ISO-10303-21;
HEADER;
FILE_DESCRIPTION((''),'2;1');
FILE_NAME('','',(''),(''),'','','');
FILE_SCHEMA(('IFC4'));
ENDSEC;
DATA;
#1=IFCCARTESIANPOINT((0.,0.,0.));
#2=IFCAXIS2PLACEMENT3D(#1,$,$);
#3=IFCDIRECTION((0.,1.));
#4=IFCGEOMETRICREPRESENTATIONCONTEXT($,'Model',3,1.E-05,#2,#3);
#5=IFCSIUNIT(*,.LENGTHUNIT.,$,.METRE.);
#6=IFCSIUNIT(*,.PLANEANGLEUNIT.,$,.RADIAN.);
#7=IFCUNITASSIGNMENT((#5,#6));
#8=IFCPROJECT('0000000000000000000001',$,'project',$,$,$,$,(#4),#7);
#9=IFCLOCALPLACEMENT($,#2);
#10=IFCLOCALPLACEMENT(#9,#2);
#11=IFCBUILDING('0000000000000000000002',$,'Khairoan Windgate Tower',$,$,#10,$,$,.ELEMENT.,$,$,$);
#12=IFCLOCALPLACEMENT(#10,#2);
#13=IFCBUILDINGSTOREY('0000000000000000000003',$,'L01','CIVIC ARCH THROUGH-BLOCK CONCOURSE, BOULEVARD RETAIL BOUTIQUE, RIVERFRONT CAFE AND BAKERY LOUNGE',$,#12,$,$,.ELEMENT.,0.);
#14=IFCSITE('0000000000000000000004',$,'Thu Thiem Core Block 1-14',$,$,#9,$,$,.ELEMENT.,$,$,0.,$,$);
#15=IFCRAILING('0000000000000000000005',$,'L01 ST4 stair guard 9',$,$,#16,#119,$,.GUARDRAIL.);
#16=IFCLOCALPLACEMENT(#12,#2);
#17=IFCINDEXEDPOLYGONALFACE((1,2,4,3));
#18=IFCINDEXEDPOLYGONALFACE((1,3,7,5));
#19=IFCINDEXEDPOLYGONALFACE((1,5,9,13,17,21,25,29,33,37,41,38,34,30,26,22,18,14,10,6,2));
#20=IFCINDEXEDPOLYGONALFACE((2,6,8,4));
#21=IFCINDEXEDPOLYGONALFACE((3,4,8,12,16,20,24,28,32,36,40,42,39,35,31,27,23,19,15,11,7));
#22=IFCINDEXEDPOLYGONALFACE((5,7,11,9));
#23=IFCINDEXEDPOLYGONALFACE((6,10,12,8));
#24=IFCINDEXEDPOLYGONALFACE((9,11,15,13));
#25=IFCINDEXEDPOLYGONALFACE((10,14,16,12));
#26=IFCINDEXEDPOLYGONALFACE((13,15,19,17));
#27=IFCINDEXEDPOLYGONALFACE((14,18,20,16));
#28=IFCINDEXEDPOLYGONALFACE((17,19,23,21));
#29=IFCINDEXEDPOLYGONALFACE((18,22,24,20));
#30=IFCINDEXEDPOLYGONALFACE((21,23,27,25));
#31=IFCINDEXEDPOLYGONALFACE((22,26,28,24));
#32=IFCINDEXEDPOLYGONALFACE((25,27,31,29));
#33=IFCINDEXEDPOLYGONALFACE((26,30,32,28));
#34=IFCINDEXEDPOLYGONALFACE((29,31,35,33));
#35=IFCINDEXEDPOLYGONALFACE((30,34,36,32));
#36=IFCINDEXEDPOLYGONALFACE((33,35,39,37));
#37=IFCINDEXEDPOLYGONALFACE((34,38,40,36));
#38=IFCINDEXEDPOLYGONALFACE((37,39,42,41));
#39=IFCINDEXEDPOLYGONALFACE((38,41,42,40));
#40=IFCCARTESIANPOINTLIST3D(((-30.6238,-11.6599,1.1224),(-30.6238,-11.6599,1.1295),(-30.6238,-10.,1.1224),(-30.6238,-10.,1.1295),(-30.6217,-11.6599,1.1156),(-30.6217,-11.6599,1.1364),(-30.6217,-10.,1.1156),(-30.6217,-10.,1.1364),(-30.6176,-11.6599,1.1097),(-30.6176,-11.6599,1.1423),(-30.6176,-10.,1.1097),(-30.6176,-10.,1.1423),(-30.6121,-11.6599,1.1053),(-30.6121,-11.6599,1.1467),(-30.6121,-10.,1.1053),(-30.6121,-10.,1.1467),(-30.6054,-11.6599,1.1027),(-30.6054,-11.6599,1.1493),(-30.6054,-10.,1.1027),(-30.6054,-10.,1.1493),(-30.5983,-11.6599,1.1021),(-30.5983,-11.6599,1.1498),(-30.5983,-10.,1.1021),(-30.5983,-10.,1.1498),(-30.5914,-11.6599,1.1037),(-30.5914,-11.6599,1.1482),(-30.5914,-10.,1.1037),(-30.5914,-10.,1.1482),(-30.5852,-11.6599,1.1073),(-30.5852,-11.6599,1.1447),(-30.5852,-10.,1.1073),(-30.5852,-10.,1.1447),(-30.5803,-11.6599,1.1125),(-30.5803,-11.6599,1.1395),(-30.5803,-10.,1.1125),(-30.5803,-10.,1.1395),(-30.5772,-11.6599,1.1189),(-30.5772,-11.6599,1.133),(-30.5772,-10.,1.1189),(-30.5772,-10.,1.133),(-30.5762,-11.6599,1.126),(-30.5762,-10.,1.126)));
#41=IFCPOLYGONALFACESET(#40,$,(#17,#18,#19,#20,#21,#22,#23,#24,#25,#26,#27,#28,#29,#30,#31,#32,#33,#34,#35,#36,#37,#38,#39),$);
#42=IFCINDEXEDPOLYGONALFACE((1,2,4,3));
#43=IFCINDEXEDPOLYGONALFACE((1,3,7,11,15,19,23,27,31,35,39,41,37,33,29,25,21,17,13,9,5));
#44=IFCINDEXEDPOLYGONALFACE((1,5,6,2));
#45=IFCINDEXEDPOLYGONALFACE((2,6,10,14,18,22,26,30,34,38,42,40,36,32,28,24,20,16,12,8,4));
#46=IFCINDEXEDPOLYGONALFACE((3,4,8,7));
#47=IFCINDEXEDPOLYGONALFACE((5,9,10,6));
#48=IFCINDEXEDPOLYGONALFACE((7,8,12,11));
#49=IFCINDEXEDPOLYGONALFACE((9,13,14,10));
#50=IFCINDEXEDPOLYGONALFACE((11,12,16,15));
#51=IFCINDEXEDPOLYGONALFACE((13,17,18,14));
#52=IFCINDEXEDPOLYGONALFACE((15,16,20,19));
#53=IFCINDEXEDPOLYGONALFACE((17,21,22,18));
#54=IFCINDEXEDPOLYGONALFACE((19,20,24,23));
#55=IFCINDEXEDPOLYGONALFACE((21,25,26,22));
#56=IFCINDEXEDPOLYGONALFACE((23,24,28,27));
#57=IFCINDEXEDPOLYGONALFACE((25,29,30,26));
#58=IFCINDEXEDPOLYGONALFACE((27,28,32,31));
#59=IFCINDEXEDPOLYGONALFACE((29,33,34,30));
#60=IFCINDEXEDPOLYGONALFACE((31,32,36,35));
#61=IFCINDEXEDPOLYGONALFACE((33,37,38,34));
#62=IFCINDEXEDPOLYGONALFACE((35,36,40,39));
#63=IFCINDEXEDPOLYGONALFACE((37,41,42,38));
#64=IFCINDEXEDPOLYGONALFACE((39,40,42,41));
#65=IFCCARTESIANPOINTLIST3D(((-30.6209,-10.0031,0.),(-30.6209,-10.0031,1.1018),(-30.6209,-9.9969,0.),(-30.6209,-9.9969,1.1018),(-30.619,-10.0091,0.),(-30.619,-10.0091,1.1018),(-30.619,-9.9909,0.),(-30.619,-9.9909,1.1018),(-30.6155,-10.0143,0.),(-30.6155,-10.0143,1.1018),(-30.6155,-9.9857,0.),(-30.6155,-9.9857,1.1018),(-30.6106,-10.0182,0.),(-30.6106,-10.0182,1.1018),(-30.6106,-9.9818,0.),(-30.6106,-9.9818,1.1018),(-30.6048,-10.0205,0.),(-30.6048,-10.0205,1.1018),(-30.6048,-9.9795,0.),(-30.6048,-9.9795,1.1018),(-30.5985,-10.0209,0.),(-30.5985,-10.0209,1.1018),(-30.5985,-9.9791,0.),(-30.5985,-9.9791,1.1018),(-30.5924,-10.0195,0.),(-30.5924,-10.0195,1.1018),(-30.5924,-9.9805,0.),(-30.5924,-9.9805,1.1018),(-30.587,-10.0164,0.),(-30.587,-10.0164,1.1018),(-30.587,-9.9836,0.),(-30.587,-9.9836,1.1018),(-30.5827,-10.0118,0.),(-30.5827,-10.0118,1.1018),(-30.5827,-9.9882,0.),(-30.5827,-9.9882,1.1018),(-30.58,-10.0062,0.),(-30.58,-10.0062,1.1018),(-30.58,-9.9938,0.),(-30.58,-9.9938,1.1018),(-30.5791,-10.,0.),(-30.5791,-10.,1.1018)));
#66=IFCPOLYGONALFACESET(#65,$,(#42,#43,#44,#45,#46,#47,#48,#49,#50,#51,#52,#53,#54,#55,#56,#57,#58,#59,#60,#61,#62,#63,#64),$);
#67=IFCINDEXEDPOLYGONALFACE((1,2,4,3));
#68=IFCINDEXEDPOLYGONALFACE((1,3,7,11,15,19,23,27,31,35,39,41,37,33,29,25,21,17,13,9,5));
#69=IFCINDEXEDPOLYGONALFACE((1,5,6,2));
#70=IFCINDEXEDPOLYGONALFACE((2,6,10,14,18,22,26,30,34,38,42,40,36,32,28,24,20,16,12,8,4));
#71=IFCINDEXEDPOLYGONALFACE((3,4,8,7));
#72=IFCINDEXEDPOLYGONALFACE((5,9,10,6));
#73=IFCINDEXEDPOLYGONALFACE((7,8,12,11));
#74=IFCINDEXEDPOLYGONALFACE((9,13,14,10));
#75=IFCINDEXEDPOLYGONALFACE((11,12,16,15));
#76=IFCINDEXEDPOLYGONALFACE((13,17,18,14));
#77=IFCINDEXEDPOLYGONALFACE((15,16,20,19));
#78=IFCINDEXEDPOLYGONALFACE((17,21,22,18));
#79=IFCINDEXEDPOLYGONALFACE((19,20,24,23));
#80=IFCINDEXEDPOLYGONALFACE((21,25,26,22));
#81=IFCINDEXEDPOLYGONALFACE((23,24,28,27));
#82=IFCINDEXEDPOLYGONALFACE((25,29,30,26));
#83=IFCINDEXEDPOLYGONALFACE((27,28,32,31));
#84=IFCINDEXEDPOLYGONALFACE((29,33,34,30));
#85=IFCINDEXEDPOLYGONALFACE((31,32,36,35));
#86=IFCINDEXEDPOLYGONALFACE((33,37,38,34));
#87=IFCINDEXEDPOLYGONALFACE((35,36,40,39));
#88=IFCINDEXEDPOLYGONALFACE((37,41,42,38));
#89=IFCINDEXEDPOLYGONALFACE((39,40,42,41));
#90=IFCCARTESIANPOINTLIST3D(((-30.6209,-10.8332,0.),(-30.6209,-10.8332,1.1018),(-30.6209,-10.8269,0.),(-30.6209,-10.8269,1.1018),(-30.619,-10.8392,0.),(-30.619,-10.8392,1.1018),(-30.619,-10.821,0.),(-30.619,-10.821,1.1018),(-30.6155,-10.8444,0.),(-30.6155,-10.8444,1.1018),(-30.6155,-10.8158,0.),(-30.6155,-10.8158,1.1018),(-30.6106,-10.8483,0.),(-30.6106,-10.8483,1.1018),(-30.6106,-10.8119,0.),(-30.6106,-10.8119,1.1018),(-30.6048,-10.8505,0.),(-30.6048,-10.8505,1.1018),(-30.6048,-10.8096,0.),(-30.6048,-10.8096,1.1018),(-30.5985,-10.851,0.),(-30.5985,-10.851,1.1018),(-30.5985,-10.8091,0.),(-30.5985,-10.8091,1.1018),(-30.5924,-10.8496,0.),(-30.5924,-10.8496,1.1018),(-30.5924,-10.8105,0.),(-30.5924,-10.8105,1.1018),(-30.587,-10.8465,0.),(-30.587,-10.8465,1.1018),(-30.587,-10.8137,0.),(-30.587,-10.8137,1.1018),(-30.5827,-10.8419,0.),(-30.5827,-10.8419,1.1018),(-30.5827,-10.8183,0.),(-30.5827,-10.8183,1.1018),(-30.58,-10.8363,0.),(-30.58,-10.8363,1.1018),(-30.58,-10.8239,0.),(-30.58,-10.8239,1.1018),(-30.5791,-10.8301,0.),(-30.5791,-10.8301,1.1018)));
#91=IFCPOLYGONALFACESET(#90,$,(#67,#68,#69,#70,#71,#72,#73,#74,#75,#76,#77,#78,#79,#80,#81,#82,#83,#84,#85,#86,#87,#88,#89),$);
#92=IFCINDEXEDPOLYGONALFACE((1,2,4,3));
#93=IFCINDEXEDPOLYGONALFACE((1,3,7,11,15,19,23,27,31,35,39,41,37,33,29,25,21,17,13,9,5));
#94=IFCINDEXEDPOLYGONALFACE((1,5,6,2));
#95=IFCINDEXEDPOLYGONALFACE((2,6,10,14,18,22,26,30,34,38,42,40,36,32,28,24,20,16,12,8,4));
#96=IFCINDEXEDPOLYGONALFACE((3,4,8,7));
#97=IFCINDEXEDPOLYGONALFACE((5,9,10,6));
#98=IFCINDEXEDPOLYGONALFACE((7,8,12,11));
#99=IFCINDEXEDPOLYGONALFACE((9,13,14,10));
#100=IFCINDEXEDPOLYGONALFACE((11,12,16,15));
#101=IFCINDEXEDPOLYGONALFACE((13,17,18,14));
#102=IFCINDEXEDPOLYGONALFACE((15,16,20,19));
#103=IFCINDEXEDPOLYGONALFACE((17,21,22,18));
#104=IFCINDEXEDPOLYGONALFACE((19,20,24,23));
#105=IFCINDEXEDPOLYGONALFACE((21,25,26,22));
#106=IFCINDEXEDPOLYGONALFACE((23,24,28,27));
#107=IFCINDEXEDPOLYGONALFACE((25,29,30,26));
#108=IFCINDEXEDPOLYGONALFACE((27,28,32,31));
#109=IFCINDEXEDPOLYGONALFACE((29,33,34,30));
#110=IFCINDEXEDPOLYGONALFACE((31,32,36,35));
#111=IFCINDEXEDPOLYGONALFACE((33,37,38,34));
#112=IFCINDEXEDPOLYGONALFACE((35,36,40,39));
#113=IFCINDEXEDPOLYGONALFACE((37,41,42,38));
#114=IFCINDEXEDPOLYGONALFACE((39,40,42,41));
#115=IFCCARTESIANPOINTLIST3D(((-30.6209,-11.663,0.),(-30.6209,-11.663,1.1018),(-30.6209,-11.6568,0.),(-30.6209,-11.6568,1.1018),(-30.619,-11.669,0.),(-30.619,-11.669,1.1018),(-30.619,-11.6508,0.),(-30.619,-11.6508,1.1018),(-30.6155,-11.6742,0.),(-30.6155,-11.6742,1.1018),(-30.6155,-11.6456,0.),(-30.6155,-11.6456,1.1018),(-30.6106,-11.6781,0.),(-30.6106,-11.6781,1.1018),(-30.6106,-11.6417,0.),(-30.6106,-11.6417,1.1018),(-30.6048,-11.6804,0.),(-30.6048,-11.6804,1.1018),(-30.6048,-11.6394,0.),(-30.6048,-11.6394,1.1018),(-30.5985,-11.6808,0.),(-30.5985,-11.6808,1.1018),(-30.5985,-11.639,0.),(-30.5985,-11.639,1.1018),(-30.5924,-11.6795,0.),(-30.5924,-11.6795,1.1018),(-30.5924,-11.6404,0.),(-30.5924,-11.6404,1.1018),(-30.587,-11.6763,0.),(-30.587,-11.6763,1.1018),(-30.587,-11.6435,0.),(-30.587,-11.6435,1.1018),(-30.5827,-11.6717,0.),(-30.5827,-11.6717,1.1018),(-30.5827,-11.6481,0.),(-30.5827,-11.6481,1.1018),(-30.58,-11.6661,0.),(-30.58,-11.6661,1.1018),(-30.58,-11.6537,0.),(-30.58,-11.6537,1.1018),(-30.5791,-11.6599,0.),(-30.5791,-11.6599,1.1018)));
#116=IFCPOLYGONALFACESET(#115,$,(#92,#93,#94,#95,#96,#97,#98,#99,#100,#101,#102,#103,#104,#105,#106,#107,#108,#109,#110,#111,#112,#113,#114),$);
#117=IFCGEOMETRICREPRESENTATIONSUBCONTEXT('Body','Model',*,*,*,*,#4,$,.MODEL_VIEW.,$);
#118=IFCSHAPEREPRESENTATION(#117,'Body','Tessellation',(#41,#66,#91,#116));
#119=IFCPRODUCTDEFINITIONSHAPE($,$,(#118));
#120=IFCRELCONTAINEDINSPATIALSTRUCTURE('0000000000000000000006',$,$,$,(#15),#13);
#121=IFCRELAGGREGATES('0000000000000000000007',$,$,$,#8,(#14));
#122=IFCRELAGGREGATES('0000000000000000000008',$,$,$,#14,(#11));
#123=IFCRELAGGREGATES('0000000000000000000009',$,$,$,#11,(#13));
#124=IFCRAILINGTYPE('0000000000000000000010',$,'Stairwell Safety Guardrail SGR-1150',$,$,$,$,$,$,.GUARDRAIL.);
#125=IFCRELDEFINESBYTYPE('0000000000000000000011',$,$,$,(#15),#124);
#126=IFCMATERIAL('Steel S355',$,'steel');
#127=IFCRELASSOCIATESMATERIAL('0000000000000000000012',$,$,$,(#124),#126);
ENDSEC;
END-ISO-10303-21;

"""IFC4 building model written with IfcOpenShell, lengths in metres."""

from ifc_helpers import new_model, si_unit, direction, frame, origin, origin_2d, place, context, subcontext, project, spatial, circle, extrude, material, type_object, element, save


model = new_model("IFC4")

# Units and contexts
model_context = context("Model", 3, precision=1e-05, world=origin(), true_north=direction((0.0, 1.0)))
body_context = subcontext(model_context, "Body", "Model", "MODEL_VIEW")
ifc_project = project(units=[si_unit("LENGTHUNIT", "METRE"), si_unit("PLANEANGLEUNIT", "RADIAN")], contexts=[model_context])

# Site, building, storey
site_placement = place(None, origin())
site = spatial("IfcSite", under=ifc_project, at=site_placement, Name="Thu Thiem Core Block 1-14", CompositionType="ELEMENT", RefElevation=0.0)
building_placement = place(site_placement, origin())
building = spatial("IfcBuilding", under=site, at=building_placement, Name="Khairoan Windgate Tower", CompositionType="ELEMENT")
storey_placement = place(building_placement, origin())
storey = spatial("IfcBuildingStorey", under=building, at=storey_placement, Name="L01", Description="CIVIC ARCH THROUGH-BLOCK CONCOURSE, BOULEVARD RETAIL BOUTIQUE, RIVERFRONT CAFE AND BAKERY LOUNGE", CompositionType="ELEMENT", Elevation=0.0)

# Railing
ifc_material_1 = material(Name="Steel S355", Category="steel")
railing_type_1 = type_object("IfcRailingType", Name="Stairwell Safety Guardrail SGR-1150", PredefinedType="GUARDRAIL", material=ifc_material_1)
for number, where, name in (
    (1, (-30.6001, -10.0, 0.0), "L01 ST4 stair guard 9"),
):
    element("IfcRailing", number, at=place(storey_placement, frame(where)), inside=storey, type_object=railing_type_1, Name=name, PredefinedType="GUARDRAIL", context=body_context, shape_type="SweptSolid", body=[
        extrude(circle(Radius=0.0239, at=origin_2d()), frame((0.0, 0.0, 1.126), z_axis=(0.0, -1.0, 0.0), x_axis=(1.0, 0.0, 0.0)), (0.0, 0.0, 1.0), 1.6599),
        extrude(circle(Radius=0.021, at=origin_2d()), origin(), (0.0, 0.0, 1.0), 1.1018),
        extrude(circle(Radius=0.021, at=origin_2d()), frame((0.0, -0.8301, 0.0)), (0.0, 0.0, 1.0), 1.1018),
        extrude(circle(Radius=0.021, at=origin_2d()), frame((0.0, -1.6599, 0.0)), (0.0, 0.0, 1.0), 1.1018),
    ])

save(model, "model.ifc")
